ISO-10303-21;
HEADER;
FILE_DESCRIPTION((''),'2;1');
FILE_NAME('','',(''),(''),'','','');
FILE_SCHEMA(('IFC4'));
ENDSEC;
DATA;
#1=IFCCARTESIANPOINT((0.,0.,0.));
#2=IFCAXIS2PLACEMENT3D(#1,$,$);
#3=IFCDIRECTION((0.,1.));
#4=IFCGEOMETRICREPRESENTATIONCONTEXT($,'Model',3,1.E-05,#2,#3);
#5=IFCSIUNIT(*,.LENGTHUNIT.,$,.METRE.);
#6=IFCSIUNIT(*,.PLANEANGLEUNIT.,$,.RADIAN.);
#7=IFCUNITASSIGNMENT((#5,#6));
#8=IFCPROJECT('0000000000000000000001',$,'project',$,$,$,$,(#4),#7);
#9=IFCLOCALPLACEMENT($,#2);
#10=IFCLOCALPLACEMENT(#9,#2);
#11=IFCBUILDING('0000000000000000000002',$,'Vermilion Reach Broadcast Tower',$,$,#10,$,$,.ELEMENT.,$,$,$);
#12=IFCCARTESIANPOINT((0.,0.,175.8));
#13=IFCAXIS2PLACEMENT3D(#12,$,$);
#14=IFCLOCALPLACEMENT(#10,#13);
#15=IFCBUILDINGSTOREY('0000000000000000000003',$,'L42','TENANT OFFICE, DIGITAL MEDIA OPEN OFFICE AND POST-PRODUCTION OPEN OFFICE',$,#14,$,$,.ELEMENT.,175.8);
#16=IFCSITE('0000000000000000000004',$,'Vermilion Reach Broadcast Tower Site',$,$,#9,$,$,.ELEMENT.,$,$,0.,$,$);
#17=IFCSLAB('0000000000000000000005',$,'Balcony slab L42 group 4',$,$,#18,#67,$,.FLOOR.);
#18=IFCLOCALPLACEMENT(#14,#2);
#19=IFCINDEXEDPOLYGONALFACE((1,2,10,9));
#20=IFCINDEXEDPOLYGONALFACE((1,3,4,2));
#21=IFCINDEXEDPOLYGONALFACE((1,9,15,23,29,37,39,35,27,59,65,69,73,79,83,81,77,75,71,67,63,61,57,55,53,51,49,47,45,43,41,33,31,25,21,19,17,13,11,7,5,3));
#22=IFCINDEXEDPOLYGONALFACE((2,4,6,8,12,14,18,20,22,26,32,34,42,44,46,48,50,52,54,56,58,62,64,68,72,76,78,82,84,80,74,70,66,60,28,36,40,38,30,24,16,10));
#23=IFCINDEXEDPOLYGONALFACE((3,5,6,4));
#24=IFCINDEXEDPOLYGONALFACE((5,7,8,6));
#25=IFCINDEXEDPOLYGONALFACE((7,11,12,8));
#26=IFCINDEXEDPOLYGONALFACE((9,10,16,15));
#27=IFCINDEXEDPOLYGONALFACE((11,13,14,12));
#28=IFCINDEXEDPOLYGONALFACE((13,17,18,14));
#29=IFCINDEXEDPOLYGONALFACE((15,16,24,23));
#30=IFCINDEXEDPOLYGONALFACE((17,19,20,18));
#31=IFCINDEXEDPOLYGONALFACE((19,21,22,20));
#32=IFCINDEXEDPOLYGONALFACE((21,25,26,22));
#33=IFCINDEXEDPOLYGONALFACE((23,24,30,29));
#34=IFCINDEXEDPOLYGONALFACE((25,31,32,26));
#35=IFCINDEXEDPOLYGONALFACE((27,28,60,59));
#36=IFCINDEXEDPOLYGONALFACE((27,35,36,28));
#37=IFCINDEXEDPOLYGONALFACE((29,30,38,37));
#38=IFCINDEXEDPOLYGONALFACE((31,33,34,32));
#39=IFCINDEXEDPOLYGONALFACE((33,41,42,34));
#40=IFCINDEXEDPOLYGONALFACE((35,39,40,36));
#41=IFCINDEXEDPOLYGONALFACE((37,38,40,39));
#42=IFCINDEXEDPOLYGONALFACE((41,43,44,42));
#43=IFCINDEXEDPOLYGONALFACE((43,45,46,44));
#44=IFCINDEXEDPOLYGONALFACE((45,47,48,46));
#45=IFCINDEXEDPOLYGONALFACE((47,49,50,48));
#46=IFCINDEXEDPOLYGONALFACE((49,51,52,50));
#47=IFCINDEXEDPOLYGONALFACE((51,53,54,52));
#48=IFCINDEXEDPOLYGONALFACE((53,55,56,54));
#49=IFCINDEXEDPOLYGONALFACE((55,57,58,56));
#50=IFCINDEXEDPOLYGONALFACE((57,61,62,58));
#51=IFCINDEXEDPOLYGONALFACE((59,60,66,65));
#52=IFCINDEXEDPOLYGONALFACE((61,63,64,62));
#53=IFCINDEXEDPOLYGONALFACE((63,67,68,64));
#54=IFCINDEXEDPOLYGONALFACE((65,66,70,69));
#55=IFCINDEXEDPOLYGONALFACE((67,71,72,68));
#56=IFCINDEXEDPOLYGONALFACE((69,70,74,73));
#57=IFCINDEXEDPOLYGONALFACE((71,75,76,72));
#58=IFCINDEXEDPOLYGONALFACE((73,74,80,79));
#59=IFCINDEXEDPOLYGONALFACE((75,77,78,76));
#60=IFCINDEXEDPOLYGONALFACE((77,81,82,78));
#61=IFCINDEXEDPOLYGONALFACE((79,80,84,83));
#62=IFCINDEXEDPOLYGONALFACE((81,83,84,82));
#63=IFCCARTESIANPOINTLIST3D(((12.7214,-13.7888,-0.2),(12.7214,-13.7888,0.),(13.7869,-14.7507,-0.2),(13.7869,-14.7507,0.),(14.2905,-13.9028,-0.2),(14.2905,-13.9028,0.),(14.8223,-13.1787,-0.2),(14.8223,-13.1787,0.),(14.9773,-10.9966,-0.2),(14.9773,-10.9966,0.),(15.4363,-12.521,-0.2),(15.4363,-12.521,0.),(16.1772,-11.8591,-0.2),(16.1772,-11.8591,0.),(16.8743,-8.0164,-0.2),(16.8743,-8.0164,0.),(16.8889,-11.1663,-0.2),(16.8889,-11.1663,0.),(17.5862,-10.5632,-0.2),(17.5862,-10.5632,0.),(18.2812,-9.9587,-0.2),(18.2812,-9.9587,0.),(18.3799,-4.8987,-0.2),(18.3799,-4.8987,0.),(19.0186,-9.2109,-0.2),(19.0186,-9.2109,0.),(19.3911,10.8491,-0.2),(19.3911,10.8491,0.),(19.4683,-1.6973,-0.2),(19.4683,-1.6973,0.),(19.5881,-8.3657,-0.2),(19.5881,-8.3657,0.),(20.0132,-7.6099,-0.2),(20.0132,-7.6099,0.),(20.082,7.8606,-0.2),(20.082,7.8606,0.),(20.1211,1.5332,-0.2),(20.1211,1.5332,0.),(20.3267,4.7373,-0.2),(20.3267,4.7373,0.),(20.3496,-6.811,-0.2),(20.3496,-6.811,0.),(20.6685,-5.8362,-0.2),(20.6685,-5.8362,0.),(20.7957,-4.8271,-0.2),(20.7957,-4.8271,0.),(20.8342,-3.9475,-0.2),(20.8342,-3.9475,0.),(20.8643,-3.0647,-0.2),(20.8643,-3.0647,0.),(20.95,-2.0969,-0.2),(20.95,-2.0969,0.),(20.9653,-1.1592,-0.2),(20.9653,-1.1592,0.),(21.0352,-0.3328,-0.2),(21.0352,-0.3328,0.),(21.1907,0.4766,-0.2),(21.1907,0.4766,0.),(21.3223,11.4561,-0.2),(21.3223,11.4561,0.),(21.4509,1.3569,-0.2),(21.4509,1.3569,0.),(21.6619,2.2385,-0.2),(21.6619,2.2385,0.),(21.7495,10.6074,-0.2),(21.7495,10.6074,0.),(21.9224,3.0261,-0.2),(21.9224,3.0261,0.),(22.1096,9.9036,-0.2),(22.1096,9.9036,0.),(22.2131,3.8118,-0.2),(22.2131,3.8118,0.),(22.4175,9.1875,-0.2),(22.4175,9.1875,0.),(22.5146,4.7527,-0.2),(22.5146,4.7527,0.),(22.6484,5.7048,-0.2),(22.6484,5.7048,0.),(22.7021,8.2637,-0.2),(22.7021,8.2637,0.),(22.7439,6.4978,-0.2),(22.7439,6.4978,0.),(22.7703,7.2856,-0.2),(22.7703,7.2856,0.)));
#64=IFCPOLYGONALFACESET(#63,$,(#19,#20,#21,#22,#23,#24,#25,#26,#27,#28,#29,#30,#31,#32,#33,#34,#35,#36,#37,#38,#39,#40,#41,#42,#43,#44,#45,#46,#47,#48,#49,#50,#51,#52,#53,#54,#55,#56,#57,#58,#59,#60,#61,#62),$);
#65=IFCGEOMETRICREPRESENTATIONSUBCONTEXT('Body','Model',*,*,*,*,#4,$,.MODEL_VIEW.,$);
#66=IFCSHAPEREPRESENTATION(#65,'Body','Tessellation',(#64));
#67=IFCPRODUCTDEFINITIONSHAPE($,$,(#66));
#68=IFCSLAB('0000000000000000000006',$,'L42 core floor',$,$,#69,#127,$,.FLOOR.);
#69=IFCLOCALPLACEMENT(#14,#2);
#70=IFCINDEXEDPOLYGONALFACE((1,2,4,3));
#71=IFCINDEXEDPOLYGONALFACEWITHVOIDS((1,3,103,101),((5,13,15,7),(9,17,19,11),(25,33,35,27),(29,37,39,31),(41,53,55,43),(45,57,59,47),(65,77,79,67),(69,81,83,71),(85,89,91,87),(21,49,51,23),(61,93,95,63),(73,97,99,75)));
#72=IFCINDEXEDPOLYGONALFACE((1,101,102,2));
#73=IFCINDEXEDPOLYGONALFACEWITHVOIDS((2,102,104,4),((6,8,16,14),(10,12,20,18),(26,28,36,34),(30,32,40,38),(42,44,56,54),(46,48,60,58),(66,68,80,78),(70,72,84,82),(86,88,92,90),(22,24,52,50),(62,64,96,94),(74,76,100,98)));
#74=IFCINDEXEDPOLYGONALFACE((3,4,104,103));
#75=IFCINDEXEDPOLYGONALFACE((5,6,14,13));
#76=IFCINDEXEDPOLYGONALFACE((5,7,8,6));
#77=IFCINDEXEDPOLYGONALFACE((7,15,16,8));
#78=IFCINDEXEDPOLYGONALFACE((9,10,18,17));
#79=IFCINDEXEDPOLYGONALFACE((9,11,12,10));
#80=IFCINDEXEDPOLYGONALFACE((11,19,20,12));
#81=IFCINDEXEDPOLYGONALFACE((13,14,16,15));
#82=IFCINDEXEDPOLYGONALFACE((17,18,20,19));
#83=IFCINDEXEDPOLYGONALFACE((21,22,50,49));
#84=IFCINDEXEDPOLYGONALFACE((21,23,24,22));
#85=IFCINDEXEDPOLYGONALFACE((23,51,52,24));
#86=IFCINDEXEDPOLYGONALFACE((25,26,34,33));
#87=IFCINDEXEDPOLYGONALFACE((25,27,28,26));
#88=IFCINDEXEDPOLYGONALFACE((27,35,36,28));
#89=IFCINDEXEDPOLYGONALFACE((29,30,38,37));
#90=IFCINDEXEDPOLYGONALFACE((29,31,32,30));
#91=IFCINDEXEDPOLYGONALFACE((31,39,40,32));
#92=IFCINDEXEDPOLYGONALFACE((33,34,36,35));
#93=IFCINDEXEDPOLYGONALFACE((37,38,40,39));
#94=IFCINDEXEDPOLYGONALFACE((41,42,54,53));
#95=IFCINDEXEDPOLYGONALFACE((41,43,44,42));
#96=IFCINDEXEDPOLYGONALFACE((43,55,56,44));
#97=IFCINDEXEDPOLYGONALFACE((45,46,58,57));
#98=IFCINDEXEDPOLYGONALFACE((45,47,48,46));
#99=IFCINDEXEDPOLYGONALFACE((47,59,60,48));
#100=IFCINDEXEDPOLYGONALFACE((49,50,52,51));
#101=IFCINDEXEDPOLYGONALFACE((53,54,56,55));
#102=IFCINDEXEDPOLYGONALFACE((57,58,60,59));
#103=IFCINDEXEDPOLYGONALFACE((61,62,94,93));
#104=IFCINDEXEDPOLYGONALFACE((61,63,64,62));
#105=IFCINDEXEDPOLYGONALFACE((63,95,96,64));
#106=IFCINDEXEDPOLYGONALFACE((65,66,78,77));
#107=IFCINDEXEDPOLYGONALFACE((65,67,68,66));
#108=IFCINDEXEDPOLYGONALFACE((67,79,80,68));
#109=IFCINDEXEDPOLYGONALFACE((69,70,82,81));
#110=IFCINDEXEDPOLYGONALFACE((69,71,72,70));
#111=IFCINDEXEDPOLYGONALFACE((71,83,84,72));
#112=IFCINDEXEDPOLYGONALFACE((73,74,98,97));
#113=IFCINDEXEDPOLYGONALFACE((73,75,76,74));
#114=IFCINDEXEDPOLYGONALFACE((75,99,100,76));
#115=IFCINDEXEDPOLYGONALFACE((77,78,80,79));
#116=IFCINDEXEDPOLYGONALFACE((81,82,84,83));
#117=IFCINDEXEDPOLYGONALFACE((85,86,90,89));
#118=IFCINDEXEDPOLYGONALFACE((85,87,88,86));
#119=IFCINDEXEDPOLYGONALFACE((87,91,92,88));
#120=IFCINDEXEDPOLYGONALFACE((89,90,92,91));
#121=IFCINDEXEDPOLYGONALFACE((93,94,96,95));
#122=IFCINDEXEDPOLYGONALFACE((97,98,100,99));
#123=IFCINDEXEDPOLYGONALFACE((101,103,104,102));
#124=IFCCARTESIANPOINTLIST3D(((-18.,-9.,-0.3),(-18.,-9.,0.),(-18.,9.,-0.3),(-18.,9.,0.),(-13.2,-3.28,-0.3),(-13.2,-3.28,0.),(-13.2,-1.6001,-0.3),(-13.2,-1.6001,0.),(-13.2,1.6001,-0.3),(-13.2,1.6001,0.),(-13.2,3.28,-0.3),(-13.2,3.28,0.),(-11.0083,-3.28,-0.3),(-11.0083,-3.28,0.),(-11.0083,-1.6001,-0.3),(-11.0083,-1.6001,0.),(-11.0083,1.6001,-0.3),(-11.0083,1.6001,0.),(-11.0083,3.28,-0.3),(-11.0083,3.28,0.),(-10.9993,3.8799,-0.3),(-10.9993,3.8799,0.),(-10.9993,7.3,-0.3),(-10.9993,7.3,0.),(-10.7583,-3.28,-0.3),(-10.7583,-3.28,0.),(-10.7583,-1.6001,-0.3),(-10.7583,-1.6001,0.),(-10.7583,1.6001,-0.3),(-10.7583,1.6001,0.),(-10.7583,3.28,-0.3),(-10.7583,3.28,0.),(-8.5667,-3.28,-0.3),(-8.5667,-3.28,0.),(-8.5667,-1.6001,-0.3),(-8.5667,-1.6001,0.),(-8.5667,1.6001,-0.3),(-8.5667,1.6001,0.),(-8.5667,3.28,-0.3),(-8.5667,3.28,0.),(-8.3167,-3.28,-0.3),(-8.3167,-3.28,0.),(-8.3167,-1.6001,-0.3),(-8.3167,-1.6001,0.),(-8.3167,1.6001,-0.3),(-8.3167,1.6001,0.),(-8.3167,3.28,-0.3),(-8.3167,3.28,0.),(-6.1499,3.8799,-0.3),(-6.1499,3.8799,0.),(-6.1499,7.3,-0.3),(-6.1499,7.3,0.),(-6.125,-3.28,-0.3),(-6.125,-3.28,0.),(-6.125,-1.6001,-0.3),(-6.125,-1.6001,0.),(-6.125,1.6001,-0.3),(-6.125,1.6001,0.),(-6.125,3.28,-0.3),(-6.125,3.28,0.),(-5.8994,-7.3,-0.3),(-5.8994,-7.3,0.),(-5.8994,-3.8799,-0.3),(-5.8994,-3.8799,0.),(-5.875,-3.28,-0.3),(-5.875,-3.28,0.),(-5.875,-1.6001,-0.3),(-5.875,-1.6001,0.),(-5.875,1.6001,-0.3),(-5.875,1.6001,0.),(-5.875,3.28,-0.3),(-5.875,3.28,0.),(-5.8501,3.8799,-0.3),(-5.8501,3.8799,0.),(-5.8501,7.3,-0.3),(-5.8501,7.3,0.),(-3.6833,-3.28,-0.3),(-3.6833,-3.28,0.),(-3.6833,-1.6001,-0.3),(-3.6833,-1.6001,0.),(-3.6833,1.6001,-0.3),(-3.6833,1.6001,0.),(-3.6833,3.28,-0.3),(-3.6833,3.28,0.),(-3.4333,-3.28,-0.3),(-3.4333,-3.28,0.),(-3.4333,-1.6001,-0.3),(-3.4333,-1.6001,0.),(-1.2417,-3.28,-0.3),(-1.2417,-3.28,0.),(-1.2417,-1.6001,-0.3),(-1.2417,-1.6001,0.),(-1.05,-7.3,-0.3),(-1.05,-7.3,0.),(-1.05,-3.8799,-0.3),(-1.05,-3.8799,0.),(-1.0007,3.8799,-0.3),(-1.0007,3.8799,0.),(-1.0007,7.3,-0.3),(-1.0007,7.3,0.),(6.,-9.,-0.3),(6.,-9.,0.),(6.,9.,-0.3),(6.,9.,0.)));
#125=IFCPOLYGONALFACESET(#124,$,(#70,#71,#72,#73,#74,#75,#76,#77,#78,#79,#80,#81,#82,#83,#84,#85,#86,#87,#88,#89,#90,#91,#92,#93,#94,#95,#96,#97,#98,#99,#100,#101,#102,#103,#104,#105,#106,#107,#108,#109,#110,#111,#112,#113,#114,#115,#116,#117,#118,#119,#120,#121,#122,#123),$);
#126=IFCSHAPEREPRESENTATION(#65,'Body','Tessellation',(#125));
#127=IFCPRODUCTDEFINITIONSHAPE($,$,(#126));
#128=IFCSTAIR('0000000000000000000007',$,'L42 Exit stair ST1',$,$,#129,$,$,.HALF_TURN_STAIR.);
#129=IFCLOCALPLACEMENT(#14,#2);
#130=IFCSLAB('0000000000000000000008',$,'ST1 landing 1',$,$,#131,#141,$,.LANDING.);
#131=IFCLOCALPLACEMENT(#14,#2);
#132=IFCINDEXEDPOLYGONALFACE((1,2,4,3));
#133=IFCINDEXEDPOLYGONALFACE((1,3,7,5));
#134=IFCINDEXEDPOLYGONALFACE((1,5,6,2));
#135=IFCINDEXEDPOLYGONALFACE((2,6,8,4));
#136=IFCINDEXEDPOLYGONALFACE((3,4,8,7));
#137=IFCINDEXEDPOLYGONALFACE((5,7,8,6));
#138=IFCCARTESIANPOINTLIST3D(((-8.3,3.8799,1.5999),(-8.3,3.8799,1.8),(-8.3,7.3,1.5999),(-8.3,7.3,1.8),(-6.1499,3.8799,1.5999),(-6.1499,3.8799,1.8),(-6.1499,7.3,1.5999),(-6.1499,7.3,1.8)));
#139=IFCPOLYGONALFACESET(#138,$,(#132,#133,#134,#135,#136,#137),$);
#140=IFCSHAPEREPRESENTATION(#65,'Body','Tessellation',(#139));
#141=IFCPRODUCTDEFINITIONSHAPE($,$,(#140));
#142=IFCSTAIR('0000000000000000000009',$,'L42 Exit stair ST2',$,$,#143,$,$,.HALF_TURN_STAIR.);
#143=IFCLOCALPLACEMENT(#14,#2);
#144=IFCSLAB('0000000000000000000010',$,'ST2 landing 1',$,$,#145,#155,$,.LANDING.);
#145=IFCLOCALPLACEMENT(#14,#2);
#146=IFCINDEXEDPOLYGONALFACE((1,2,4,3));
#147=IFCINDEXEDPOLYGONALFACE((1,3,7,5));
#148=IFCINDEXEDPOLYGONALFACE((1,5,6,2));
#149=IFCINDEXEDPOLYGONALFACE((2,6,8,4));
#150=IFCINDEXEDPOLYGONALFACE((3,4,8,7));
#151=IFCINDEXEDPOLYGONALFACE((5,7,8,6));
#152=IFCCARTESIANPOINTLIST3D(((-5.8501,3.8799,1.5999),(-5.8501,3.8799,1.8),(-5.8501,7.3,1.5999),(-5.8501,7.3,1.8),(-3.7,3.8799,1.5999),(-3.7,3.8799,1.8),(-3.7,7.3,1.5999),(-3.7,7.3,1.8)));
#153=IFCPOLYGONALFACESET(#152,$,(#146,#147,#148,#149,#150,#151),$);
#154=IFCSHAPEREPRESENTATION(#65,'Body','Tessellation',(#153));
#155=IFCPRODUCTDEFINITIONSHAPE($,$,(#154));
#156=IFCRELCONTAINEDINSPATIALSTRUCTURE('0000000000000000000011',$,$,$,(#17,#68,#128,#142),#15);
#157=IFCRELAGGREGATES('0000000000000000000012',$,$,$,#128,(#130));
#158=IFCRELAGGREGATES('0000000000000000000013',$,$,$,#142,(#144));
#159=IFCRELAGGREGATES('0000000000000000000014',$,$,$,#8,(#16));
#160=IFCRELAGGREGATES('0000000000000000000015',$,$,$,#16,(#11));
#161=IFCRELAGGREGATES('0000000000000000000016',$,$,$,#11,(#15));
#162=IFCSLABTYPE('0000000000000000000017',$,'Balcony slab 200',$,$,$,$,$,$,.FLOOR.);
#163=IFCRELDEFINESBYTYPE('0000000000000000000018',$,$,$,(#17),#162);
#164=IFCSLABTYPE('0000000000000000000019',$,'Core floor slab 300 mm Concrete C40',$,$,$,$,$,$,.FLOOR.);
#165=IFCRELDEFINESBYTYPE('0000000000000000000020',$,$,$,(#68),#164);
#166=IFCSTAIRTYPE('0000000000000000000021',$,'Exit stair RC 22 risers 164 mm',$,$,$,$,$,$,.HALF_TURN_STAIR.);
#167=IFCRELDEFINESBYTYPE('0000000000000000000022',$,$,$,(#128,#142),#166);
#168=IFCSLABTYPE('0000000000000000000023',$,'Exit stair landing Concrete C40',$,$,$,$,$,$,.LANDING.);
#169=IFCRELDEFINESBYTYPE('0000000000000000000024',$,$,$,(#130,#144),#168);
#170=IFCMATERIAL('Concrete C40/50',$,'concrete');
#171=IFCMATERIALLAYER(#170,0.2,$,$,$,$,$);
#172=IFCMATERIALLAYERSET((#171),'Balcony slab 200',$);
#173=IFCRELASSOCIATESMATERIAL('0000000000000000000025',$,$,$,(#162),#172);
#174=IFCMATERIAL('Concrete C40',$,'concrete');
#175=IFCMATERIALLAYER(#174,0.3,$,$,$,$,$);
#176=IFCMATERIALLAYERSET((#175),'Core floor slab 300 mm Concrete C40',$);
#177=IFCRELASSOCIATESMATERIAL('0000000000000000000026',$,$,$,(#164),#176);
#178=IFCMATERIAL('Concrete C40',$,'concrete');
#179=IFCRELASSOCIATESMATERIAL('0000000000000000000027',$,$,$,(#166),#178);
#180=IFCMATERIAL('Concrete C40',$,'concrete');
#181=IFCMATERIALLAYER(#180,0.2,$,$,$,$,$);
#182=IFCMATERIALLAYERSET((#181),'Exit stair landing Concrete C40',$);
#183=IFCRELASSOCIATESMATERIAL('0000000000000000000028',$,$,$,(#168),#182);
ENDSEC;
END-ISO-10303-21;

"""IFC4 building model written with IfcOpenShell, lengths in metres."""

from ifc_helpers import new_model, si_unit, direction, frame, origin, place, context, subcontext, project, spatial, polyline, outline, extrude, material, layer, layer_set, type_object, element, aggregate, save


model = new_model("IFC4")

# Units and contexts
model_context = context("Model", 3, precision=1e-05, world=origin(), true_north=direction((0.0, 1.0)))
body_context = subcontext(model_context, "Body", "Model", "MODEL_VIEW")
ifc_project = project(units=[si_unit("LENGTHUNIT", "METRE"), si_unit("PLANEANGLEUNIT", "RADIAN")], contexts=[model_context])

# Site, building, storey
site_placement = place(None, origin())
site = spatial("IfcSite", under=ifc_project, at=site_placement, Name="Vermilion Reach Broadcast Tower Site", CompositionType="ELEMENT", RefElevation=0.0)
building_placement = place(site_placement, origin())
building = spatial("IfcBuilding", under=site, at=building_placement, Name="Vermilion Reach Broadcast Tower", CompositionType="ELEMENT")
storey_placement = place(building_placement, frame((0.0, 0.0, 175.8)))
storey = spatial("IfcBuildingStorey", under=building, at=storey_placement, Name="L42", Description="TENANT OFFICE, DIGITAL MEDIA OPEN OFFICE AND POST-PRODUCTION OPEN OFFICE", CompositionType="ELEMENT", Elevation=175.8)

# Slabs
ifc_material_1 = material(Name="Concrete C40/50", Category="concrete")
ifc_layer_1 = layer(ifc_material_1, 0.2)
ifc_layer_set_1 = layer_set([ifc_layer_1], Name="Balcony slab 200")
slab_type_1 = type_object("IfcSlabType", Name="Balcony slab 200", PredefinedType="FLOOR", material=ifc_layer_set_1)
placement_1 = place(storey_placement, frame((0.0, 0.0, -0.2)))
element("IfcSlab", 1, at=placement_1, inside=storey, type_object=slab_type_1, Name="Balcony slab L42 group 4", PredefinedType="FLOOR", context=body_context, shape_type="SweptSolid", body=[
    extrude(outline(polyline([(12.7214, -13.7888), (14.9773, -10.9966), (16.8743, -8.0164), (18.3799, -4.8987), (19.4683, -1.6973), (20.1211, 1.5332), (20.3267, 4.7373), (20.082, 7.8606), (19.3911, 10.8491), (21.3223, 11.4561), (21.7495, 10.6074), (22.1096, 9.9036), (22.4175, 9.1875), (22.7021, 8.2637), (22.7703, 7.2856), (22.7439, 6.4978), (22.6484, 5.7048), (22.5146, 4.7527), (22.2131, 3.8118), (21.9224, 3.0261), (21.6619, 2.2385), (21.4509, 1.3569), (21.1907, 0.4766), (21.0352, -0.3328), (20.9653, -1.1592), (20.95, -2.0969), (20.8643, -3.0647), (20.8342, -3.9475), (20.7957, -4.8271), (20.6685, -5.8362), (20.3496, -6.811), (20.0132, -7.6099), (19.5881, -8.3657), (19.0186, -9.2109), (18.2812, -9.9587), (17.5862, -10.5632), (16.8889, -11.1663), (16.1772, -11.8591), (15.4363, -12.521), (14.8223, -13.1787), (14.2905, -13.9028), (13.7869, -14.7507), (12.7214, -13.7888)])), origin(), (0.0, 0.0, 1.0), 0.2),
])
ifc_material_2 = material(Name="Concrete C40", Category="concrete")
ifc_layer_2 = layer(ifc_material_2, 0.3)
ifc_layer_set_2 = layer_set([ifc_layer_2], Name="Core floor slab 300 mm Concrete C40")
slab_type_2 = type_object("IfcSlabType", Name="Core floor slab 300 mm Concrete C40", PredefinedType="FLOOR", material=ifc_layer_set_2)
slab_1_placement = place(storey_placement, frame((0.0, 0.0, -0.3)))
element("IfcSlab", 2, at=slab_1_placement, inside=storey, type_object=slab_type_2, Name="L42 core floor", PredefinedType="FLOOR", context=body_context, shape_type="SweptSolid", body=[
    extrude(outline(polyline([(-18.0, -9.0), (6.0, -9.0), (6.0, 9.0), (-18.0, 9.0), (-18.0, -9.0)]), holes=[polyline([(-13.2, 1.6001), (-11.0083, 1.6001), (-11.0083, 3.28), (-13.2, 3.28), (-13.2, 1.6001)]), polyline([(-10.7583, 1.6001), (-8.5667, 1.6001), (-8.5667, 3.28), (-10.7583, 3.28), (-10.7583, 1.6001)]), polyline([(-8.3167, 1.6001), (-6.125, 1.6001), (-6.125, 3.28), (-8.3167, 3.28), (-8.3167, 1.6001)]), polyline([(-5.875, 1.6001), (-3.6833, 1.6001), (-3.6833, 3.28), (-5.875, 3.28), (-5.875, 1.6001)]), polyline([(-13.2, -3.28), (-11.0083, -3.28), (-11.0083, -1.6001), (-13.2, -1.6001), (-13.2, -3.28)]), polyline([(-10.7583, -3.28), (-8.5667, -3.28), (-8.5667, -1.6001), (-10.7583, -1.6001), (-10.7583, -3.28)]), polyline([(-8.3167, -3.28), (-6.125, -3.28), (-6.125, -1.6001), (-8.3167, -1.6001), (-8.3167, -3.28)]), polyline([(-5.875, -3.28), (-3.6833, -3.28), (-3.6833, -1.6001), (-5.875, -1.6001), (-5.875, -3.28)]), polyline([(-3.4333, -3.28), (-1.2417, -3.28), (-1.2417, -1.6001), (-3.4333, -1.6001), (-3.4333, -3.28)]), polyline([(-10.9993, 3.8799), (-6.1499, 3.8799), (-6.1499, 7.3), (-10.9993, 7.3), (-10.9993, 3.8799)]), polyline([(-1.0007, 7.3), (-5.8501, 7.3), (-5.8501, 3.8799), (-1.0007, 3.8799), (-1.0007, 7.3)]), polyline([(-5.8994, -7.3), (-1.05, -7.3), (-1.05, -3.8799), (-5.8994, -3.8799), (-5.8994, -7.3)])]), origin(), (0.0, 0.0, 1.0), 0.3),
])

# Stairs, slabs
ifc_material_3 = material(Name="Concrete C40", Category="concrete")
stair_type = type_object("IfcStairType", Name="Exit stair RC 22 risers 164 mm", PredefinedType="HALF_TURN_STAIR", material=ifc_material_3)
placement_2 = place(storey_placement, origin())
stair_1 = element("IfcStair", 3, at=placement_2, inside=storey, type_object=stair_type, Name="L42 Exit stair ST1", PredefinedType="HALF_TURN_STAIR")
ifc_material_4 = material(Name="Concrete C40", Category="concrete")
ifc_layer_3 = layer(ifc_material_4, 0.2)
ifc_layer_set_3 = layer_set([ifc_layer_3], Name="Exit stair landing Concrete C40")
slab_type_3 = type_object("IfcSlabType", Name="Exit stair landing Concrete C40", PredefinedType="LANDING", material=ifc_layer_set_3)
placement_3 = place(storey_placement, frame((0.0, 0.0, 1.5999)))
slab_2 = element("IfcSlab", 4, at=placement_3, type_object=slab_type_3, Name="ST1 landing 1", PredefinedType="LANDING", context=body_context, shape_type="SweptSolid", body=[
    extrude(outline(polyline([(-8.3, 3.8799), (-6.1499, 3.8799), (-6.1499, 7.3), (-8.3, 7.3), (-8.3, 3.8799)])), origin(), (0.0, 0.0, 1.0), 0.2002),
])
aggregate(stair_1, [slab_2])
stair_2 = element("IfcStair", 5, at=placement_2, inside=storey, type_object=stair_type, Name="L42 Exit stair ST2", PredefinedType="HALF_TURN_STAIR")
slab_3 = element("IfcSlab", 6, at=placement_3, type_object=slab_type_3, Name="ST2 landing 1", PredefinedType="LANDING", context=body_context, shape_type="SweptSolid", body=[
    extrude(outline(polyline([(-3.7, 7.3), (-5.8501, 7.3), (-5.8501, 3.8799), (-3.7, 3.8799), (-3.7, 7.3)])), origin(), (0.0, 0.0, 1.0), 0.2002),
])
aggregate(stair_2, [slab_3])

save(model, "model.ifc")
